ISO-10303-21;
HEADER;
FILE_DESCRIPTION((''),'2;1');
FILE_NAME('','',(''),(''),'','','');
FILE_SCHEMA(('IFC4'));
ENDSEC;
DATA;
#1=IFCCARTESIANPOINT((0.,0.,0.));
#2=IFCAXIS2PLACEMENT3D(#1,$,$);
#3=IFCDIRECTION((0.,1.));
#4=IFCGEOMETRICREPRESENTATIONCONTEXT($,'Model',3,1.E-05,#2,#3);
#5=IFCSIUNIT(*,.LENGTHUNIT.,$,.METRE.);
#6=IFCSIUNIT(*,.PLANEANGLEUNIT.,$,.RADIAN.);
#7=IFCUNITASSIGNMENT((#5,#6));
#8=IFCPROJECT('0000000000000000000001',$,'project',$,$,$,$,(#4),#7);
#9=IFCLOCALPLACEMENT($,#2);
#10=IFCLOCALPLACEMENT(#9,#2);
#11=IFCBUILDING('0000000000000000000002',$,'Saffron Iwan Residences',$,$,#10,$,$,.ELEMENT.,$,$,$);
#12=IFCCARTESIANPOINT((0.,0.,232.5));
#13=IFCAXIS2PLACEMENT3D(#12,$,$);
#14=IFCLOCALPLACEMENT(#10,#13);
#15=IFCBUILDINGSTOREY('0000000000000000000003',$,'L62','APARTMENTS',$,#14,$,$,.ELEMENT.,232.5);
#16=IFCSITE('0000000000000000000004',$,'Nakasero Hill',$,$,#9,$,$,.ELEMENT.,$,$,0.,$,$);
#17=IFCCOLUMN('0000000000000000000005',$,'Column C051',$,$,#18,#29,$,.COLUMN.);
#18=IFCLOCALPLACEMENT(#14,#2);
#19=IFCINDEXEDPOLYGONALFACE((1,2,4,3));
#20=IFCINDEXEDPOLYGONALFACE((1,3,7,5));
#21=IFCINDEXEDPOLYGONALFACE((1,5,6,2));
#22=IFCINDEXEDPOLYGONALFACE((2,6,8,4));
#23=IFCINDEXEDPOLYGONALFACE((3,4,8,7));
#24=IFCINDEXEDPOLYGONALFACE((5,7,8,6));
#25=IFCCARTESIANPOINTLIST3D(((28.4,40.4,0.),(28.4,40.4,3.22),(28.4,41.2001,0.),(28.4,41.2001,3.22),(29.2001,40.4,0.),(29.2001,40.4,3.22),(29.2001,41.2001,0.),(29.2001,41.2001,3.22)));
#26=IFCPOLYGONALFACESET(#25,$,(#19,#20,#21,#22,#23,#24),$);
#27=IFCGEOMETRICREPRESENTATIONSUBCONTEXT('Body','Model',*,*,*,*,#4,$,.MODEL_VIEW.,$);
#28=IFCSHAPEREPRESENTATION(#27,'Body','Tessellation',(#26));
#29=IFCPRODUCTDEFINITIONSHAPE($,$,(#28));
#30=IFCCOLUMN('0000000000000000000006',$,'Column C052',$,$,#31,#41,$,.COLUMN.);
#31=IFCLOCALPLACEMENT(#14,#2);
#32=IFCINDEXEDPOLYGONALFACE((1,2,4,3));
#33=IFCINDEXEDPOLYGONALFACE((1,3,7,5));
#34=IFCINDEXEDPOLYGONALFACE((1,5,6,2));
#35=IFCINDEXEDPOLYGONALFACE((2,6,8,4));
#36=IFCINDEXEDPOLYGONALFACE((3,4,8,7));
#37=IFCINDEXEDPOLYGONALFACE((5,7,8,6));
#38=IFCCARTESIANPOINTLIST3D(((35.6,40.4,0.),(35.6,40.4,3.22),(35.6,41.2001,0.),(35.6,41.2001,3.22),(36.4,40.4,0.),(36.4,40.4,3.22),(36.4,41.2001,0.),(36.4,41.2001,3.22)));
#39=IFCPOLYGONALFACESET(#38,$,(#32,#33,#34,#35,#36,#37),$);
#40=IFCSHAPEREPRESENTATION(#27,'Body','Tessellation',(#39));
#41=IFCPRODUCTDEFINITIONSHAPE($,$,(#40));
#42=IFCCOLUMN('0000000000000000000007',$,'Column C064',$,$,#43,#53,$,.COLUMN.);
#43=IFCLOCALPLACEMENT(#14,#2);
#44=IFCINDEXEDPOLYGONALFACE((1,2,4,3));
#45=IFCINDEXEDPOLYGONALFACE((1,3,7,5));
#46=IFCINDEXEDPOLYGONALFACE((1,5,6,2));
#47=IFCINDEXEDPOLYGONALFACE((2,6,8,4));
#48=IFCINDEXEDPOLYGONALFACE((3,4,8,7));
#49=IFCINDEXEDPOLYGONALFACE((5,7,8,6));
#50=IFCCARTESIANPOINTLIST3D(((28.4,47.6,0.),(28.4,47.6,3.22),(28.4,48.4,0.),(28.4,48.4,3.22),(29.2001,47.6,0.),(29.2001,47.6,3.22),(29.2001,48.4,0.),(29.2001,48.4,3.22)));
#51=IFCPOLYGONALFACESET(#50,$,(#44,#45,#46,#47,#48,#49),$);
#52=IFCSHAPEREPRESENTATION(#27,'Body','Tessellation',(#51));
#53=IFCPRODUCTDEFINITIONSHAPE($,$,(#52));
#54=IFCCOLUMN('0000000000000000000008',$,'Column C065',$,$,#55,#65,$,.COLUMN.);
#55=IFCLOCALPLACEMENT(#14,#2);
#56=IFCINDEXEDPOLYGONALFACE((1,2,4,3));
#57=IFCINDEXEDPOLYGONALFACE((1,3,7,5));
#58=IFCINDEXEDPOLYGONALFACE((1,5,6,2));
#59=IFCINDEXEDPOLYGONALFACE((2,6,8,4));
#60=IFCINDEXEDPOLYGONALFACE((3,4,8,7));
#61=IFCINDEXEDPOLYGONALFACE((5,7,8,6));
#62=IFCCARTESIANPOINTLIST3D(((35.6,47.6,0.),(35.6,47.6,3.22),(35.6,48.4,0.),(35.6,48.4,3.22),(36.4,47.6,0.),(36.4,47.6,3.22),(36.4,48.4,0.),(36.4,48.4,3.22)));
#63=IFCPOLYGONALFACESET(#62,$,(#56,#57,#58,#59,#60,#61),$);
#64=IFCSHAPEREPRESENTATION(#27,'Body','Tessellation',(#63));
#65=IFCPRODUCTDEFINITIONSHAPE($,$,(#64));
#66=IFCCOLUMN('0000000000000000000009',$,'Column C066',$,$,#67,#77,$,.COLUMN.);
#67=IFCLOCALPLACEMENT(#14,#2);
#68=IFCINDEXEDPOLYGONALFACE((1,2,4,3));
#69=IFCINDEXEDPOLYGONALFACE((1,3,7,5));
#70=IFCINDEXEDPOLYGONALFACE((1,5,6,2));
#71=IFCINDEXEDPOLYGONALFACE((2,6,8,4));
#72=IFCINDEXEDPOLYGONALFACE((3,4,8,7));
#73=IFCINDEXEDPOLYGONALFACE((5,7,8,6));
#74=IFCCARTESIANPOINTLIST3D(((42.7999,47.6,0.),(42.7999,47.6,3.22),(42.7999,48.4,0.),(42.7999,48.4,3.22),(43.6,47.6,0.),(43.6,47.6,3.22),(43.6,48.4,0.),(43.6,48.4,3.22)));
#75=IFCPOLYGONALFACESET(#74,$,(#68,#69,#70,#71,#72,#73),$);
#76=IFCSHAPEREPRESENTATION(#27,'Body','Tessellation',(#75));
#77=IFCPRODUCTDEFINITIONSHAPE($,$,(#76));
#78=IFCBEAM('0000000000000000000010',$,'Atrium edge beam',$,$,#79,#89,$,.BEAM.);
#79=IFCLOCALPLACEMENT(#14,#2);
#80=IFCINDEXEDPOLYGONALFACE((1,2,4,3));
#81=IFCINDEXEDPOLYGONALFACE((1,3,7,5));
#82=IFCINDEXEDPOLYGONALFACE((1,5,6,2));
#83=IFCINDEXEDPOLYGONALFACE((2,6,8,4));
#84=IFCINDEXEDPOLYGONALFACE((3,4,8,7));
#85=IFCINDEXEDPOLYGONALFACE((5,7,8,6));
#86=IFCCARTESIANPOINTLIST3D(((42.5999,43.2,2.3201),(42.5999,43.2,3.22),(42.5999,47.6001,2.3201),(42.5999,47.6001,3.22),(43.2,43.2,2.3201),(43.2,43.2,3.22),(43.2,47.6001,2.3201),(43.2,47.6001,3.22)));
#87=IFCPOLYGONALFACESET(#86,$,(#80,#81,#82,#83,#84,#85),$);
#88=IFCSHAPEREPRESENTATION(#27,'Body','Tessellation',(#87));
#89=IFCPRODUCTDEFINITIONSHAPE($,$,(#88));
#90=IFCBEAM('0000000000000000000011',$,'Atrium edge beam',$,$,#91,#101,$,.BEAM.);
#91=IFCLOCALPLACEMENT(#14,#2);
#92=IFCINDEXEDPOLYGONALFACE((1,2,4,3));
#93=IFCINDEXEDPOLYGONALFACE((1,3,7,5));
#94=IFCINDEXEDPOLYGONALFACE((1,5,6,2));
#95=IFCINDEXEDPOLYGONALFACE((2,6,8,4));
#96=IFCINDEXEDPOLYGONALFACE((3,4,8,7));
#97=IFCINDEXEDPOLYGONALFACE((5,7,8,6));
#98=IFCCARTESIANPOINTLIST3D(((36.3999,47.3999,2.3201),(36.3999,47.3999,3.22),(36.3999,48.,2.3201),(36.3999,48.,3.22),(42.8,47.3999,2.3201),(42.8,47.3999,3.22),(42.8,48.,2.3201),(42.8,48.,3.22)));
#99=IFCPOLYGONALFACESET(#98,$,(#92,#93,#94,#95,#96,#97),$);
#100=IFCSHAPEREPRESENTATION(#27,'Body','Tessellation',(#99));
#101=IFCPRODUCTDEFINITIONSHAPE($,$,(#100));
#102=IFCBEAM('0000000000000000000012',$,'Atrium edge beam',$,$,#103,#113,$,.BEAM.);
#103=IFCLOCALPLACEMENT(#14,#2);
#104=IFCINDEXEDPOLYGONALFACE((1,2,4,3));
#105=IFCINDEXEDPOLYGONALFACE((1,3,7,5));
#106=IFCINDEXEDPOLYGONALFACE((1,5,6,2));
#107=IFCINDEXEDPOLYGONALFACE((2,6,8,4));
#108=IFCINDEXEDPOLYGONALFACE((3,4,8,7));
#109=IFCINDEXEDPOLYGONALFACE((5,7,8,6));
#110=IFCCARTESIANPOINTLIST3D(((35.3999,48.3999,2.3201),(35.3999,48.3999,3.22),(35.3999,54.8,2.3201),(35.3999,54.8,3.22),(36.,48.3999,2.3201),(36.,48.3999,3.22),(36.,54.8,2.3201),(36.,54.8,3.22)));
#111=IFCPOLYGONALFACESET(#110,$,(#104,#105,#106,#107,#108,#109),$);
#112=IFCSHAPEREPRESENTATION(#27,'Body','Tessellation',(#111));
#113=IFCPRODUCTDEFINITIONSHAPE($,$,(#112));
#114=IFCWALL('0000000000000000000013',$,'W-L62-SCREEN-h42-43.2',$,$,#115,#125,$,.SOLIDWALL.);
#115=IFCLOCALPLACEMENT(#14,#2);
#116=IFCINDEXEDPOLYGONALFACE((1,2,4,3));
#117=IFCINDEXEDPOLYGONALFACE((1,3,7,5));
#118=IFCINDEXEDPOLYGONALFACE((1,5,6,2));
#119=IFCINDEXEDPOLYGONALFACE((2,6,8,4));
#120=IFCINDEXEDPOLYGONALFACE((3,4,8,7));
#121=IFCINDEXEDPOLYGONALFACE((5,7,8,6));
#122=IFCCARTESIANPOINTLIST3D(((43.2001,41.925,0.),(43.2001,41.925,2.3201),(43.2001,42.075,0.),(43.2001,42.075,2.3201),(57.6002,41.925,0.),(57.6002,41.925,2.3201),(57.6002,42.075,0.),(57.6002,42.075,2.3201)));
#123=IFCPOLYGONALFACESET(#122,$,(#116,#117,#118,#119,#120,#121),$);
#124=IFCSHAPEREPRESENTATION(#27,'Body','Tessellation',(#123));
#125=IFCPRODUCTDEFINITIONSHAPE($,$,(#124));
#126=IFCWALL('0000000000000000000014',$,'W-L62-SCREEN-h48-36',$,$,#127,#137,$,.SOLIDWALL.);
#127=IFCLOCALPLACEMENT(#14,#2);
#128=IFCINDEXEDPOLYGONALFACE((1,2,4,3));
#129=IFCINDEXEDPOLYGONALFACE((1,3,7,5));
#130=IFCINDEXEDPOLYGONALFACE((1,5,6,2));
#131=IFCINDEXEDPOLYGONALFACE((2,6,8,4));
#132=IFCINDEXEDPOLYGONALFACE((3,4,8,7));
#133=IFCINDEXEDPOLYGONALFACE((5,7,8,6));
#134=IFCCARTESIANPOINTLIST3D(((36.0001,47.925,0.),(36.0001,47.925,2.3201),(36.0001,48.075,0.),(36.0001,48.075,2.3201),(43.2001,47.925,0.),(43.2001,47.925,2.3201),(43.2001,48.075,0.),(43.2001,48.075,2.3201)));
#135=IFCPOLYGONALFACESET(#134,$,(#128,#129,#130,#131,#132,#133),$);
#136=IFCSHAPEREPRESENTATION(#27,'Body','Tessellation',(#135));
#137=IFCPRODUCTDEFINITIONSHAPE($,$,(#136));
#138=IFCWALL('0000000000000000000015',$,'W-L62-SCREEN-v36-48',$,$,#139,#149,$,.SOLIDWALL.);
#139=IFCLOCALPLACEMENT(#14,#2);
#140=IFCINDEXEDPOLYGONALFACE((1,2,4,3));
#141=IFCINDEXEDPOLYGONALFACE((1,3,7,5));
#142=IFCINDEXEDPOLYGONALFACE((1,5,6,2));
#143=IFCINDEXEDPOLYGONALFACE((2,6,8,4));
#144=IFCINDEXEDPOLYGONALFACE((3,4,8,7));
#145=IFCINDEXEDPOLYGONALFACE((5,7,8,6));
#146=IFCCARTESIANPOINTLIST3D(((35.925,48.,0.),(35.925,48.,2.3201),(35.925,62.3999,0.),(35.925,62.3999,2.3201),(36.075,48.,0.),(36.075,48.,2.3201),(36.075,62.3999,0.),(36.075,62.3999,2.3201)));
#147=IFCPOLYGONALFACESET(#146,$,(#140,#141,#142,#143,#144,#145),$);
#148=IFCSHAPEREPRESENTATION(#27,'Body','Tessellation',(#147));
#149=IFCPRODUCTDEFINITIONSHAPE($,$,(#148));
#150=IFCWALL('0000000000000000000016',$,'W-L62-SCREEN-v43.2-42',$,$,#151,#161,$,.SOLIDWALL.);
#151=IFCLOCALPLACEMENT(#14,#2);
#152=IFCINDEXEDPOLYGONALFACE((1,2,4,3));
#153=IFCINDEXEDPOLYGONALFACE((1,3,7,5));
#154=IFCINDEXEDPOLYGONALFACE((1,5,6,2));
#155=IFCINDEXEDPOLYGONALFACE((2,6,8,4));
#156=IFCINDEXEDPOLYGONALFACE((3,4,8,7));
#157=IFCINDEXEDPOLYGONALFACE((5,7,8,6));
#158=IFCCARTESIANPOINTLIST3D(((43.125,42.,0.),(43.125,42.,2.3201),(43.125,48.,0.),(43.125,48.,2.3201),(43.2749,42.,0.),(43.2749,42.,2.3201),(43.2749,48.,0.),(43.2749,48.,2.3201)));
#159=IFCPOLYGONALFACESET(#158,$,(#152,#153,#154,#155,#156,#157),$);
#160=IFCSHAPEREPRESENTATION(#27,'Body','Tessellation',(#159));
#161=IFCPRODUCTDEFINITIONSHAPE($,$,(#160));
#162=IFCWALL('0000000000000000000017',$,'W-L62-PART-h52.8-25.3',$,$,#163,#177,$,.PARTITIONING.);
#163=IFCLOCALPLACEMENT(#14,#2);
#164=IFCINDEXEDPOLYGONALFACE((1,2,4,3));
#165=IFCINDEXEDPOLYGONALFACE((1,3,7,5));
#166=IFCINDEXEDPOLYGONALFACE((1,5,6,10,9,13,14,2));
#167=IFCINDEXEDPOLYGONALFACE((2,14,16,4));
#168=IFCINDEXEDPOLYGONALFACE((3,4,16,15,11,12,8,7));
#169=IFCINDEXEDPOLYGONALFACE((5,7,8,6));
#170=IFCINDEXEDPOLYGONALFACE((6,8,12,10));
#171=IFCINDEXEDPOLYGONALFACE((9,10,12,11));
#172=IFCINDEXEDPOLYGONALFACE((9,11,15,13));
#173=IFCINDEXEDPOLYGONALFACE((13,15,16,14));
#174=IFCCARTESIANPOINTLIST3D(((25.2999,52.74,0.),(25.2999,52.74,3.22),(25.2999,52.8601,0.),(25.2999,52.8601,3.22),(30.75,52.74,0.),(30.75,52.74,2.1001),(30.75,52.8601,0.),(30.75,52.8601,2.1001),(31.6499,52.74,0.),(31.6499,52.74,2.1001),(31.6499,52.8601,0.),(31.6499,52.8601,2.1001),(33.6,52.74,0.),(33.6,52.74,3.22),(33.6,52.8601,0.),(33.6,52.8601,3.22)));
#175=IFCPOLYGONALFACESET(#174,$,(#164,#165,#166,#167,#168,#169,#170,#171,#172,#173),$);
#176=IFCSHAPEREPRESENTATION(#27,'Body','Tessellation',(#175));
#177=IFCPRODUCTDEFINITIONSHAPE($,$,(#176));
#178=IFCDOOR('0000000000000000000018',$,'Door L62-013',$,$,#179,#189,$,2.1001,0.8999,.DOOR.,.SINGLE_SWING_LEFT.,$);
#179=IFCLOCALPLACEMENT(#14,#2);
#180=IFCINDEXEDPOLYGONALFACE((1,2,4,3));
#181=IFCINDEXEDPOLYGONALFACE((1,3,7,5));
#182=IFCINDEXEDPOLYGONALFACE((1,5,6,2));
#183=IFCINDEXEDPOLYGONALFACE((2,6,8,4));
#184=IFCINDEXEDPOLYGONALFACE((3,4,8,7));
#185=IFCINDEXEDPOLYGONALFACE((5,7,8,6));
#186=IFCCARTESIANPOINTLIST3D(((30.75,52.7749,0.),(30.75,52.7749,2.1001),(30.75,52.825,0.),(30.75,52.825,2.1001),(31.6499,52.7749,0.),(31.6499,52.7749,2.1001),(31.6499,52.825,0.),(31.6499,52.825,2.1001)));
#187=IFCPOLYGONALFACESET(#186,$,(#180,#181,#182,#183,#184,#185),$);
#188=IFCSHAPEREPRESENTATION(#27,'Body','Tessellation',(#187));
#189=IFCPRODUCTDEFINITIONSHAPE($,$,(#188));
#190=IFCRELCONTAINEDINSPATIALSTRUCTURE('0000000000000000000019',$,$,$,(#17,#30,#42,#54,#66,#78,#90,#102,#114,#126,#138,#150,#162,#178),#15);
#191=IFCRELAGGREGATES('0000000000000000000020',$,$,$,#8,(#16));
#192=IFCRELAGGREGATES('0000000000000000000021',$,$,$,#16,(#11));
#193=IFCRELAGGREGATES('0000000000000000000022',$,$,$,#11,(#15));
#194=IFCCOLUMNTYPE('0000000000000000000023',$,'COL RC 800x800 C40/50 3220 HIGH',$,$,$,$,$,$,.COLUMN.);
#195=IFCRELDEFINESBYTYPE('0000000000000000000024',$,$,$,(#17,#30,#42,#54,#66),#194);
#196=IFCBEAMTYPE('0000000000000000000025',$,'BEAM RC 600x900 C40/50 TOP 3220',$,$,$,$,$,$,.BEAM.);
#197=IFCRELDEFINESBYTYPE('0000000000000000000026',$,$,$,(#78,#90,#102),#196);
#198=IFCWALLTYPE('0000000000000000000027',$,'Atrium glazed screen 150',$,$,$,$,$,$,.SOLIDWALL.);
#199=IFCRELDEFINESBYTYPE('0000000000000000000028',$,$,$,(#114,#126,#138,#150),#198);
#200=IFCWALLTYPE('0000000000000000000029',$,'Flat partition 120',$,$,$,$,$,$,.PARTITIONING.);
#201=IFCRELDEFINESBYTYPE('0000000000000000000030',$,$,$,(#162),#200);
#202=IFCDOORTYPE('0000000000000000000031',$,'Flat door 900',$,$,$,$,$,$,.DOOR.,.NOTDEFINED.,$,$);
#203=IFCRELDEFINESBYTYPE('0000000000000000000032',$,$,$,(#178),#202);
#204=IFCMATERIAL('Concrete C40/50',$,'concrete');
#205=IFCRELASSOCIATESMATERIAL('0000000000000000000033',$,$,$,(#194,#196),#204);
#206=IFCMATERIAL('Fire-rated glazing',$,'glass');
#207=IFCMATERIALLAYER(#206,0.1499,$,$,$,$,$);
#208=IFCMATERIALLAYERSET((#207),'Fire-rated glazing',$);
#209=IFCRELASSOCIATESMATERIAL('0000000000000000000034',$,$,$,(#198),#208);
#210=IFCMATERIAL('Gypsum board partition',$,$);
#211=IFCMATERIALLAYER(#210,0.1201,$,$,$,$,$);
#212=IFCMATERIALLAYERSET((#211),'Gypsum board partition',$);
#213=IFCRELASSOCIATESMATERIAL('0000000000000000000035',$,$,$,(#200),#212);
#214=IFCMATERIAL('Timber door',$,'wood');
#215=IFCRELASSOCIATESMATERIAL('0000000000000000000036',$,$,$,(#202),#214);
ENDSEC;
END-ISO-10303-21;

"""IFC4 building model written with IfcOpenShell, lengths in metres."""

from ifc_helpers import new_model, si_unit, direction, frame, frame_2d, origin, origin_2d, place, context, subcontext, project, spatial, rectangle, extrude, source, transform, mapped, material, layer, layer_set, material_profile, profile_set, type_object, element, fill, save


model = new_model("IFC4")

# Units and contexts
model_context = context("Model", 3, precision=1e-05, world=origin(), true_north=direction((0.0, 1.0)))
body_context = subcontext(model_context, "Body", "Model", "MODEL_VIEW")
ifc_project = project(units=[si_unit("LENGTHUNIT", "METRE"), si_unit("PLANEANGLEUNIT", "RADIAN")], contexts=[model_context])

# Site, building, storey
site_placement = place(None, origin())
site = spatial("IfcSite", under=ifc_project, at=site_placement, Name="Nakasero Hill", CompositionType="ELEMENT", RefElevation=0.0)
building_placement = place(site_placement, origin())
building = spatial("IfcBuilding", under=site, at=building_placement, Name="Saffron Iwan Residences", CompositionType="ELEMENT")
storey_placement = place(building_placement, frame((0.0, 0.0, 232.5)))
storey = spatial("IfcBuildingStorey", under=building, at=storey_placement, Name="L62", Description="APARTMENTS", CompositionType="ELEMENT", Elevation=232.5)

# Columns
ifc_material_1 = material(Name="Concrete C40/50", Category="concrete")
ifc_material_profile_1 = material_profile(ifc_material_1, rectangle(XDim=0.8, YDim=0.8, at=origin_2d()), Name="RC 800x800")
ifc_profile_set_1 = profile_set([ifc_material_profile_1], Name="Concrete C40/50")
column_type = type_object("IfcColumnType", Name="COL RC 800x800 C40/50 3220 HIGH", PredefinedType="COLUMN", material=ifc_profile_set_1)
shared_shape_1 = source(origin(), body_context, "Body", "SweptSolid", [
    extrude(rectangle(XDim=0.8, YDim=0.8, at=origin_2d()), origin(), (0.0, 0.0, 1.0), 3.22),
])
for number, where, z_axis, x_axis, name in (
    (1, (28.8, 40.8, 0.0), (0.0, 0.0, 1.0), (1.0, 0.0, 0.0), "Column C051"),
    (2, (36.0, 40.8, 0.0), (0.0, 0.0, 1.0), (1.0, 0.0, 0.0), "Column C052"),
    (3, (28.8, 48.0, 0.0), (0.0, 0.0, 1.0), (1.0, 0.0, 0.0), "Column C064"),
    (4, (36.0, 48.0, 0.0), (0.0, 0.0, 1.0), (1.0, 0.0, 0.0), "Column C065"),
    (5, (43.2, 48.0, 0.0), (0.0, 0.0, 1.0), (1.0, 0.0, 0.0), "Column C066"),
):
    element("IfcColumn", number, at=place(storey_placement, frame(where, z_axis=z_axis, x_axis=x_axis)), inside=storey, type_object=column_type, Name=name, PredefinedType="COLUMN", context=body_context, shape_type="MappedRepresentation", body=[
        mapped(shared_shape_1, transform((0.0, 0.0, 0.0))),
    ])

# Beams
ifc_material_profile_2 = material_profile(ifc_material_1, rectangle(XDim=0.6001, YDim=0.8999, at=origin_2d()), Name="RC 600x900")
ifc_profile_set_2 = profile_set([ifc_material_profile_2], Name="Concrete C40/50")
beam_type = type_object("IfcBeamType", Name="BEAM RC 600x900 C40/50 TOP 3220", PredefinedType="BEAM", material=ifc_profile_set_2)
shared_shape_2 = source(origin(), body_context, "Body", "SweptSolid", [
    extrude(rectangle(XDim=0.6001, YDim=0.8999, at=origin_2d()), origin(), (0.0, 0.0, 1.0), 4.4001),
])
beam_placement = place(storey_placement, frame((42.8999, 43.2, 2.77), z_axis=(0.0, 1.0, 0.0), x_axis=(-1.0, 0.0, 0.0)))
element("IfcBeam", 6, at=beam_placement, inside=storey, type_object=beam_type, Name="Atrium edge beam", PredefinedType="BEAM", context=body_context, shape_type="MappedRepresentation", body=[
    mapped(shared_shape_2, transform((0.0, 0.0, 0.0))),
])
shared_shape_3 = source(origin(), body_context, "Body", "SweptSolid", [
    extrude(rectangle(XDim=0.6001, YDim=0.8999, at=origin_2d()), origin(), (0.0, 0.0, 1.0), 6.4001),
])
for number, where, z_axis, x_axis, name in (
    (7, (42.8, 47.7, 2.77), (-1.0, 0.0, 0.0), (0.0, -1.0, 0.0), "Atrium edge beam"),
    (8, (35.7, 48.3999, 2.77), (0.0, 1.0, 0.0), (-1.0, 0.0, 0.0), "Atrium edge beam"),
):
    element("IfcBeam", number, at=place(storey_placement, frame(where, z_axis=z_axis, x_axis=x_axis)), inside=storey, type_object=beam_type, Name=name, PredefinedType="BEAM", context=body_context, shape_type="MappedRepresentation", body=[
        mapped(shared_shape_3, transform((0.0, 0.0, 0.0))),
    ])

# Walls
ifc_material_2 = material(Name="Fire-rated glazing", Category="glass")
ifc_layer_1 = layer(ifc_material_2, 0.1499)
ifc_layer_set_1 = layer_set([ifc_layer_1], Name="Fire-rated glazing")
wall_type_1 = type_object("IfcWallType", Name="Atrium glazed screen 150", PredefinedType="SOLIDWALL", material=ifc_layer_set_1)
wall_1_placement = place(storey_placement, frame((43.2, 42.0, 0.0), z_axis=(0.0, 0.0, 1.0), x_axis=(1.0, 0.0, 0.0)))
element("IfcWall", 9, at=wall_1_placement, inside=storey, type_object=wall_type_1, Name="W-L62-SCREEN-h42-43.2", PredefinedType="SOLIDWALL", context=body_context, shape_type="SweptSolid", body=[
    extrude(rectangle(XDim=14.4001, YDim=0.1499, at=frame_2d((7.2002, 0.0))), origin(), (0.0, 0.0, 1.0), 2.3201),
])
wall_2_placement = place(storey_placement, frame((36.0, 48.0, 0.0), z_axis=(0.0, 0.0, 1.0), x_axis=(1.0, 0.0, 0.0)))
element("IfcWall", 10, at=wall_2_placement, inside=storey, type_object=wall_type_1, Name="W-L62-SCREEN-h48-36", PredefinedType="SOLIDWALL", context=body_context, shape_type="SweptSolid", body=[
    extrude(rectangle(XDim=7.2, YDim=0.1499, at=frame_2d((3.6001, 0.0))), origin(), (0.0, 0.0, 1.0), 2.3201),
])
wall_3_placement = place(storey_placement, frame((36.0, 48.0, 0.0), z_axis=(0.0, 0.0, 1.0), x_axis=(0.0, 1.0, 0.0)))
element("IfcWall", 11, at=wall_3_placement, inside=storey, type_object=wall_type_1, Name="W-L62-SCREEN-v36-48", PredefinedType="SOLIDWALL", context=body_context, shape_type="SweptSolid", body=[
    extrude(rectangle(XDim=14.3999, YDim=0.1499, at=frame_2d((7.2, 0.0))), origin(), (0.0, 0.0, 1.0), 2.3201),
])
wall_4_placement = place(storey_placement, frame((43.2, 42.0, 0.0), z_axis=(0.0, 0.0, 1.0), x_axis=(0.0, 1.0, 0.0)))
element("IfcWall", 12, at=wall_4_placement, inside=storey, type_object=wall_type_1, Name="W-L62-SCREEN-v43.2-42", PredefinedType="SOLIDWALL", context=body_context, shape_type="SweptSolid", body=[
    extrude(rectangle(XDim=6.0, YDim=0.1499, at=frame_2d((3.0, 0.0))), origin(), (0.0, 0.0, 1.0), 2.3201),
])

# Wall, opening, door
ifc_material_3 = material(Name="Gypsum board partition")
ifc_layer_2 = layer(ifc_material_3, 0.1201)
ifc_layer_set_2 = layer_set([ifc_layer_2], Name="Gypsum board partition")
wall_type_2 = type_object("IfcWallType", Name="Flat partition 120", PredefinedType="PARTITIONING", material=ifc_layer_set_2)
wall_5_placement = place(storey_placement, frame((25.3, 52.8, 0.0), z_axis=(0.0, 0.0, 1.0), x_axis=(1.0, 0.0, 0.0)))
wall_5 = element("IfcWall", 13, at=wall_5_placement, inside=storey, type_object=wall_type_2, Name="W-L62-PART-h52.8-25.3", PredefinedType="PARTITIONING", context=body_context, shape_type="SweptSolid", body=[
    extrude(rectangle(XDim=8.3, YDim=0.1201, at=frame_2d((4.1499, 0.0))), origin(), (0.0, 0.0, 1.0), 3.22),
])
opening_1_placement = place(wall_5_placement, frame((5.45, 0.0, 0.0)))
opening_1 = element("IfcOpeningElement", 14, at=opening_1_placement, cuts=wall_5, PredefinedType="OPENING", context=body_context, shape_type="SweptSolid", body=[
    extrude(rectangle(XDim=0.8999, YDim=2.1001, at=frame_2d((0.45, 1.05))), frame((0.0, 0.0701, 0.0), z_axis=(0.0, -1.0, 0.0), x_axis=(1.0, 0.0, 0.0)), (0.0, 0.0, 1.0), 0.1401),
])
ifc_material_4 = material(Name="Timber door", Category="wood")
door_type_1 = type_object("IfcDoorType", Name="Flat door 900", OperationType="NOTDEFINED", PredefinedType="DOOR", material=ifc_material_4)
door_1_placement = place(opening_1_placement, origin())
door_1 = element("IfcDoor", 15, at=door_1_placement, inside=storey, type_object=door_type_1, Name="Door L62-013", OperationType="SINGLE_SWING_LEFT", OverallHeight=2.1001, OverallWidth=0.8999, PredefinedType="DOOR", context=body_context, shape_type="SweptSolid", body=[
    extrude(rectangle(XDim=0.8999, YDim=2.1001, at=frame_2d((0.45, 1.05))), frame((0.0, 0.0249, 0.0), z_axis=(0.0, -1.0, 0.0), x_axis=(1.0, 0.0, 0.0)), (0.0, 0.0, 1.0), 0.05),
])
fill(opening_1, door_1)

save(model, "model.ifc")
